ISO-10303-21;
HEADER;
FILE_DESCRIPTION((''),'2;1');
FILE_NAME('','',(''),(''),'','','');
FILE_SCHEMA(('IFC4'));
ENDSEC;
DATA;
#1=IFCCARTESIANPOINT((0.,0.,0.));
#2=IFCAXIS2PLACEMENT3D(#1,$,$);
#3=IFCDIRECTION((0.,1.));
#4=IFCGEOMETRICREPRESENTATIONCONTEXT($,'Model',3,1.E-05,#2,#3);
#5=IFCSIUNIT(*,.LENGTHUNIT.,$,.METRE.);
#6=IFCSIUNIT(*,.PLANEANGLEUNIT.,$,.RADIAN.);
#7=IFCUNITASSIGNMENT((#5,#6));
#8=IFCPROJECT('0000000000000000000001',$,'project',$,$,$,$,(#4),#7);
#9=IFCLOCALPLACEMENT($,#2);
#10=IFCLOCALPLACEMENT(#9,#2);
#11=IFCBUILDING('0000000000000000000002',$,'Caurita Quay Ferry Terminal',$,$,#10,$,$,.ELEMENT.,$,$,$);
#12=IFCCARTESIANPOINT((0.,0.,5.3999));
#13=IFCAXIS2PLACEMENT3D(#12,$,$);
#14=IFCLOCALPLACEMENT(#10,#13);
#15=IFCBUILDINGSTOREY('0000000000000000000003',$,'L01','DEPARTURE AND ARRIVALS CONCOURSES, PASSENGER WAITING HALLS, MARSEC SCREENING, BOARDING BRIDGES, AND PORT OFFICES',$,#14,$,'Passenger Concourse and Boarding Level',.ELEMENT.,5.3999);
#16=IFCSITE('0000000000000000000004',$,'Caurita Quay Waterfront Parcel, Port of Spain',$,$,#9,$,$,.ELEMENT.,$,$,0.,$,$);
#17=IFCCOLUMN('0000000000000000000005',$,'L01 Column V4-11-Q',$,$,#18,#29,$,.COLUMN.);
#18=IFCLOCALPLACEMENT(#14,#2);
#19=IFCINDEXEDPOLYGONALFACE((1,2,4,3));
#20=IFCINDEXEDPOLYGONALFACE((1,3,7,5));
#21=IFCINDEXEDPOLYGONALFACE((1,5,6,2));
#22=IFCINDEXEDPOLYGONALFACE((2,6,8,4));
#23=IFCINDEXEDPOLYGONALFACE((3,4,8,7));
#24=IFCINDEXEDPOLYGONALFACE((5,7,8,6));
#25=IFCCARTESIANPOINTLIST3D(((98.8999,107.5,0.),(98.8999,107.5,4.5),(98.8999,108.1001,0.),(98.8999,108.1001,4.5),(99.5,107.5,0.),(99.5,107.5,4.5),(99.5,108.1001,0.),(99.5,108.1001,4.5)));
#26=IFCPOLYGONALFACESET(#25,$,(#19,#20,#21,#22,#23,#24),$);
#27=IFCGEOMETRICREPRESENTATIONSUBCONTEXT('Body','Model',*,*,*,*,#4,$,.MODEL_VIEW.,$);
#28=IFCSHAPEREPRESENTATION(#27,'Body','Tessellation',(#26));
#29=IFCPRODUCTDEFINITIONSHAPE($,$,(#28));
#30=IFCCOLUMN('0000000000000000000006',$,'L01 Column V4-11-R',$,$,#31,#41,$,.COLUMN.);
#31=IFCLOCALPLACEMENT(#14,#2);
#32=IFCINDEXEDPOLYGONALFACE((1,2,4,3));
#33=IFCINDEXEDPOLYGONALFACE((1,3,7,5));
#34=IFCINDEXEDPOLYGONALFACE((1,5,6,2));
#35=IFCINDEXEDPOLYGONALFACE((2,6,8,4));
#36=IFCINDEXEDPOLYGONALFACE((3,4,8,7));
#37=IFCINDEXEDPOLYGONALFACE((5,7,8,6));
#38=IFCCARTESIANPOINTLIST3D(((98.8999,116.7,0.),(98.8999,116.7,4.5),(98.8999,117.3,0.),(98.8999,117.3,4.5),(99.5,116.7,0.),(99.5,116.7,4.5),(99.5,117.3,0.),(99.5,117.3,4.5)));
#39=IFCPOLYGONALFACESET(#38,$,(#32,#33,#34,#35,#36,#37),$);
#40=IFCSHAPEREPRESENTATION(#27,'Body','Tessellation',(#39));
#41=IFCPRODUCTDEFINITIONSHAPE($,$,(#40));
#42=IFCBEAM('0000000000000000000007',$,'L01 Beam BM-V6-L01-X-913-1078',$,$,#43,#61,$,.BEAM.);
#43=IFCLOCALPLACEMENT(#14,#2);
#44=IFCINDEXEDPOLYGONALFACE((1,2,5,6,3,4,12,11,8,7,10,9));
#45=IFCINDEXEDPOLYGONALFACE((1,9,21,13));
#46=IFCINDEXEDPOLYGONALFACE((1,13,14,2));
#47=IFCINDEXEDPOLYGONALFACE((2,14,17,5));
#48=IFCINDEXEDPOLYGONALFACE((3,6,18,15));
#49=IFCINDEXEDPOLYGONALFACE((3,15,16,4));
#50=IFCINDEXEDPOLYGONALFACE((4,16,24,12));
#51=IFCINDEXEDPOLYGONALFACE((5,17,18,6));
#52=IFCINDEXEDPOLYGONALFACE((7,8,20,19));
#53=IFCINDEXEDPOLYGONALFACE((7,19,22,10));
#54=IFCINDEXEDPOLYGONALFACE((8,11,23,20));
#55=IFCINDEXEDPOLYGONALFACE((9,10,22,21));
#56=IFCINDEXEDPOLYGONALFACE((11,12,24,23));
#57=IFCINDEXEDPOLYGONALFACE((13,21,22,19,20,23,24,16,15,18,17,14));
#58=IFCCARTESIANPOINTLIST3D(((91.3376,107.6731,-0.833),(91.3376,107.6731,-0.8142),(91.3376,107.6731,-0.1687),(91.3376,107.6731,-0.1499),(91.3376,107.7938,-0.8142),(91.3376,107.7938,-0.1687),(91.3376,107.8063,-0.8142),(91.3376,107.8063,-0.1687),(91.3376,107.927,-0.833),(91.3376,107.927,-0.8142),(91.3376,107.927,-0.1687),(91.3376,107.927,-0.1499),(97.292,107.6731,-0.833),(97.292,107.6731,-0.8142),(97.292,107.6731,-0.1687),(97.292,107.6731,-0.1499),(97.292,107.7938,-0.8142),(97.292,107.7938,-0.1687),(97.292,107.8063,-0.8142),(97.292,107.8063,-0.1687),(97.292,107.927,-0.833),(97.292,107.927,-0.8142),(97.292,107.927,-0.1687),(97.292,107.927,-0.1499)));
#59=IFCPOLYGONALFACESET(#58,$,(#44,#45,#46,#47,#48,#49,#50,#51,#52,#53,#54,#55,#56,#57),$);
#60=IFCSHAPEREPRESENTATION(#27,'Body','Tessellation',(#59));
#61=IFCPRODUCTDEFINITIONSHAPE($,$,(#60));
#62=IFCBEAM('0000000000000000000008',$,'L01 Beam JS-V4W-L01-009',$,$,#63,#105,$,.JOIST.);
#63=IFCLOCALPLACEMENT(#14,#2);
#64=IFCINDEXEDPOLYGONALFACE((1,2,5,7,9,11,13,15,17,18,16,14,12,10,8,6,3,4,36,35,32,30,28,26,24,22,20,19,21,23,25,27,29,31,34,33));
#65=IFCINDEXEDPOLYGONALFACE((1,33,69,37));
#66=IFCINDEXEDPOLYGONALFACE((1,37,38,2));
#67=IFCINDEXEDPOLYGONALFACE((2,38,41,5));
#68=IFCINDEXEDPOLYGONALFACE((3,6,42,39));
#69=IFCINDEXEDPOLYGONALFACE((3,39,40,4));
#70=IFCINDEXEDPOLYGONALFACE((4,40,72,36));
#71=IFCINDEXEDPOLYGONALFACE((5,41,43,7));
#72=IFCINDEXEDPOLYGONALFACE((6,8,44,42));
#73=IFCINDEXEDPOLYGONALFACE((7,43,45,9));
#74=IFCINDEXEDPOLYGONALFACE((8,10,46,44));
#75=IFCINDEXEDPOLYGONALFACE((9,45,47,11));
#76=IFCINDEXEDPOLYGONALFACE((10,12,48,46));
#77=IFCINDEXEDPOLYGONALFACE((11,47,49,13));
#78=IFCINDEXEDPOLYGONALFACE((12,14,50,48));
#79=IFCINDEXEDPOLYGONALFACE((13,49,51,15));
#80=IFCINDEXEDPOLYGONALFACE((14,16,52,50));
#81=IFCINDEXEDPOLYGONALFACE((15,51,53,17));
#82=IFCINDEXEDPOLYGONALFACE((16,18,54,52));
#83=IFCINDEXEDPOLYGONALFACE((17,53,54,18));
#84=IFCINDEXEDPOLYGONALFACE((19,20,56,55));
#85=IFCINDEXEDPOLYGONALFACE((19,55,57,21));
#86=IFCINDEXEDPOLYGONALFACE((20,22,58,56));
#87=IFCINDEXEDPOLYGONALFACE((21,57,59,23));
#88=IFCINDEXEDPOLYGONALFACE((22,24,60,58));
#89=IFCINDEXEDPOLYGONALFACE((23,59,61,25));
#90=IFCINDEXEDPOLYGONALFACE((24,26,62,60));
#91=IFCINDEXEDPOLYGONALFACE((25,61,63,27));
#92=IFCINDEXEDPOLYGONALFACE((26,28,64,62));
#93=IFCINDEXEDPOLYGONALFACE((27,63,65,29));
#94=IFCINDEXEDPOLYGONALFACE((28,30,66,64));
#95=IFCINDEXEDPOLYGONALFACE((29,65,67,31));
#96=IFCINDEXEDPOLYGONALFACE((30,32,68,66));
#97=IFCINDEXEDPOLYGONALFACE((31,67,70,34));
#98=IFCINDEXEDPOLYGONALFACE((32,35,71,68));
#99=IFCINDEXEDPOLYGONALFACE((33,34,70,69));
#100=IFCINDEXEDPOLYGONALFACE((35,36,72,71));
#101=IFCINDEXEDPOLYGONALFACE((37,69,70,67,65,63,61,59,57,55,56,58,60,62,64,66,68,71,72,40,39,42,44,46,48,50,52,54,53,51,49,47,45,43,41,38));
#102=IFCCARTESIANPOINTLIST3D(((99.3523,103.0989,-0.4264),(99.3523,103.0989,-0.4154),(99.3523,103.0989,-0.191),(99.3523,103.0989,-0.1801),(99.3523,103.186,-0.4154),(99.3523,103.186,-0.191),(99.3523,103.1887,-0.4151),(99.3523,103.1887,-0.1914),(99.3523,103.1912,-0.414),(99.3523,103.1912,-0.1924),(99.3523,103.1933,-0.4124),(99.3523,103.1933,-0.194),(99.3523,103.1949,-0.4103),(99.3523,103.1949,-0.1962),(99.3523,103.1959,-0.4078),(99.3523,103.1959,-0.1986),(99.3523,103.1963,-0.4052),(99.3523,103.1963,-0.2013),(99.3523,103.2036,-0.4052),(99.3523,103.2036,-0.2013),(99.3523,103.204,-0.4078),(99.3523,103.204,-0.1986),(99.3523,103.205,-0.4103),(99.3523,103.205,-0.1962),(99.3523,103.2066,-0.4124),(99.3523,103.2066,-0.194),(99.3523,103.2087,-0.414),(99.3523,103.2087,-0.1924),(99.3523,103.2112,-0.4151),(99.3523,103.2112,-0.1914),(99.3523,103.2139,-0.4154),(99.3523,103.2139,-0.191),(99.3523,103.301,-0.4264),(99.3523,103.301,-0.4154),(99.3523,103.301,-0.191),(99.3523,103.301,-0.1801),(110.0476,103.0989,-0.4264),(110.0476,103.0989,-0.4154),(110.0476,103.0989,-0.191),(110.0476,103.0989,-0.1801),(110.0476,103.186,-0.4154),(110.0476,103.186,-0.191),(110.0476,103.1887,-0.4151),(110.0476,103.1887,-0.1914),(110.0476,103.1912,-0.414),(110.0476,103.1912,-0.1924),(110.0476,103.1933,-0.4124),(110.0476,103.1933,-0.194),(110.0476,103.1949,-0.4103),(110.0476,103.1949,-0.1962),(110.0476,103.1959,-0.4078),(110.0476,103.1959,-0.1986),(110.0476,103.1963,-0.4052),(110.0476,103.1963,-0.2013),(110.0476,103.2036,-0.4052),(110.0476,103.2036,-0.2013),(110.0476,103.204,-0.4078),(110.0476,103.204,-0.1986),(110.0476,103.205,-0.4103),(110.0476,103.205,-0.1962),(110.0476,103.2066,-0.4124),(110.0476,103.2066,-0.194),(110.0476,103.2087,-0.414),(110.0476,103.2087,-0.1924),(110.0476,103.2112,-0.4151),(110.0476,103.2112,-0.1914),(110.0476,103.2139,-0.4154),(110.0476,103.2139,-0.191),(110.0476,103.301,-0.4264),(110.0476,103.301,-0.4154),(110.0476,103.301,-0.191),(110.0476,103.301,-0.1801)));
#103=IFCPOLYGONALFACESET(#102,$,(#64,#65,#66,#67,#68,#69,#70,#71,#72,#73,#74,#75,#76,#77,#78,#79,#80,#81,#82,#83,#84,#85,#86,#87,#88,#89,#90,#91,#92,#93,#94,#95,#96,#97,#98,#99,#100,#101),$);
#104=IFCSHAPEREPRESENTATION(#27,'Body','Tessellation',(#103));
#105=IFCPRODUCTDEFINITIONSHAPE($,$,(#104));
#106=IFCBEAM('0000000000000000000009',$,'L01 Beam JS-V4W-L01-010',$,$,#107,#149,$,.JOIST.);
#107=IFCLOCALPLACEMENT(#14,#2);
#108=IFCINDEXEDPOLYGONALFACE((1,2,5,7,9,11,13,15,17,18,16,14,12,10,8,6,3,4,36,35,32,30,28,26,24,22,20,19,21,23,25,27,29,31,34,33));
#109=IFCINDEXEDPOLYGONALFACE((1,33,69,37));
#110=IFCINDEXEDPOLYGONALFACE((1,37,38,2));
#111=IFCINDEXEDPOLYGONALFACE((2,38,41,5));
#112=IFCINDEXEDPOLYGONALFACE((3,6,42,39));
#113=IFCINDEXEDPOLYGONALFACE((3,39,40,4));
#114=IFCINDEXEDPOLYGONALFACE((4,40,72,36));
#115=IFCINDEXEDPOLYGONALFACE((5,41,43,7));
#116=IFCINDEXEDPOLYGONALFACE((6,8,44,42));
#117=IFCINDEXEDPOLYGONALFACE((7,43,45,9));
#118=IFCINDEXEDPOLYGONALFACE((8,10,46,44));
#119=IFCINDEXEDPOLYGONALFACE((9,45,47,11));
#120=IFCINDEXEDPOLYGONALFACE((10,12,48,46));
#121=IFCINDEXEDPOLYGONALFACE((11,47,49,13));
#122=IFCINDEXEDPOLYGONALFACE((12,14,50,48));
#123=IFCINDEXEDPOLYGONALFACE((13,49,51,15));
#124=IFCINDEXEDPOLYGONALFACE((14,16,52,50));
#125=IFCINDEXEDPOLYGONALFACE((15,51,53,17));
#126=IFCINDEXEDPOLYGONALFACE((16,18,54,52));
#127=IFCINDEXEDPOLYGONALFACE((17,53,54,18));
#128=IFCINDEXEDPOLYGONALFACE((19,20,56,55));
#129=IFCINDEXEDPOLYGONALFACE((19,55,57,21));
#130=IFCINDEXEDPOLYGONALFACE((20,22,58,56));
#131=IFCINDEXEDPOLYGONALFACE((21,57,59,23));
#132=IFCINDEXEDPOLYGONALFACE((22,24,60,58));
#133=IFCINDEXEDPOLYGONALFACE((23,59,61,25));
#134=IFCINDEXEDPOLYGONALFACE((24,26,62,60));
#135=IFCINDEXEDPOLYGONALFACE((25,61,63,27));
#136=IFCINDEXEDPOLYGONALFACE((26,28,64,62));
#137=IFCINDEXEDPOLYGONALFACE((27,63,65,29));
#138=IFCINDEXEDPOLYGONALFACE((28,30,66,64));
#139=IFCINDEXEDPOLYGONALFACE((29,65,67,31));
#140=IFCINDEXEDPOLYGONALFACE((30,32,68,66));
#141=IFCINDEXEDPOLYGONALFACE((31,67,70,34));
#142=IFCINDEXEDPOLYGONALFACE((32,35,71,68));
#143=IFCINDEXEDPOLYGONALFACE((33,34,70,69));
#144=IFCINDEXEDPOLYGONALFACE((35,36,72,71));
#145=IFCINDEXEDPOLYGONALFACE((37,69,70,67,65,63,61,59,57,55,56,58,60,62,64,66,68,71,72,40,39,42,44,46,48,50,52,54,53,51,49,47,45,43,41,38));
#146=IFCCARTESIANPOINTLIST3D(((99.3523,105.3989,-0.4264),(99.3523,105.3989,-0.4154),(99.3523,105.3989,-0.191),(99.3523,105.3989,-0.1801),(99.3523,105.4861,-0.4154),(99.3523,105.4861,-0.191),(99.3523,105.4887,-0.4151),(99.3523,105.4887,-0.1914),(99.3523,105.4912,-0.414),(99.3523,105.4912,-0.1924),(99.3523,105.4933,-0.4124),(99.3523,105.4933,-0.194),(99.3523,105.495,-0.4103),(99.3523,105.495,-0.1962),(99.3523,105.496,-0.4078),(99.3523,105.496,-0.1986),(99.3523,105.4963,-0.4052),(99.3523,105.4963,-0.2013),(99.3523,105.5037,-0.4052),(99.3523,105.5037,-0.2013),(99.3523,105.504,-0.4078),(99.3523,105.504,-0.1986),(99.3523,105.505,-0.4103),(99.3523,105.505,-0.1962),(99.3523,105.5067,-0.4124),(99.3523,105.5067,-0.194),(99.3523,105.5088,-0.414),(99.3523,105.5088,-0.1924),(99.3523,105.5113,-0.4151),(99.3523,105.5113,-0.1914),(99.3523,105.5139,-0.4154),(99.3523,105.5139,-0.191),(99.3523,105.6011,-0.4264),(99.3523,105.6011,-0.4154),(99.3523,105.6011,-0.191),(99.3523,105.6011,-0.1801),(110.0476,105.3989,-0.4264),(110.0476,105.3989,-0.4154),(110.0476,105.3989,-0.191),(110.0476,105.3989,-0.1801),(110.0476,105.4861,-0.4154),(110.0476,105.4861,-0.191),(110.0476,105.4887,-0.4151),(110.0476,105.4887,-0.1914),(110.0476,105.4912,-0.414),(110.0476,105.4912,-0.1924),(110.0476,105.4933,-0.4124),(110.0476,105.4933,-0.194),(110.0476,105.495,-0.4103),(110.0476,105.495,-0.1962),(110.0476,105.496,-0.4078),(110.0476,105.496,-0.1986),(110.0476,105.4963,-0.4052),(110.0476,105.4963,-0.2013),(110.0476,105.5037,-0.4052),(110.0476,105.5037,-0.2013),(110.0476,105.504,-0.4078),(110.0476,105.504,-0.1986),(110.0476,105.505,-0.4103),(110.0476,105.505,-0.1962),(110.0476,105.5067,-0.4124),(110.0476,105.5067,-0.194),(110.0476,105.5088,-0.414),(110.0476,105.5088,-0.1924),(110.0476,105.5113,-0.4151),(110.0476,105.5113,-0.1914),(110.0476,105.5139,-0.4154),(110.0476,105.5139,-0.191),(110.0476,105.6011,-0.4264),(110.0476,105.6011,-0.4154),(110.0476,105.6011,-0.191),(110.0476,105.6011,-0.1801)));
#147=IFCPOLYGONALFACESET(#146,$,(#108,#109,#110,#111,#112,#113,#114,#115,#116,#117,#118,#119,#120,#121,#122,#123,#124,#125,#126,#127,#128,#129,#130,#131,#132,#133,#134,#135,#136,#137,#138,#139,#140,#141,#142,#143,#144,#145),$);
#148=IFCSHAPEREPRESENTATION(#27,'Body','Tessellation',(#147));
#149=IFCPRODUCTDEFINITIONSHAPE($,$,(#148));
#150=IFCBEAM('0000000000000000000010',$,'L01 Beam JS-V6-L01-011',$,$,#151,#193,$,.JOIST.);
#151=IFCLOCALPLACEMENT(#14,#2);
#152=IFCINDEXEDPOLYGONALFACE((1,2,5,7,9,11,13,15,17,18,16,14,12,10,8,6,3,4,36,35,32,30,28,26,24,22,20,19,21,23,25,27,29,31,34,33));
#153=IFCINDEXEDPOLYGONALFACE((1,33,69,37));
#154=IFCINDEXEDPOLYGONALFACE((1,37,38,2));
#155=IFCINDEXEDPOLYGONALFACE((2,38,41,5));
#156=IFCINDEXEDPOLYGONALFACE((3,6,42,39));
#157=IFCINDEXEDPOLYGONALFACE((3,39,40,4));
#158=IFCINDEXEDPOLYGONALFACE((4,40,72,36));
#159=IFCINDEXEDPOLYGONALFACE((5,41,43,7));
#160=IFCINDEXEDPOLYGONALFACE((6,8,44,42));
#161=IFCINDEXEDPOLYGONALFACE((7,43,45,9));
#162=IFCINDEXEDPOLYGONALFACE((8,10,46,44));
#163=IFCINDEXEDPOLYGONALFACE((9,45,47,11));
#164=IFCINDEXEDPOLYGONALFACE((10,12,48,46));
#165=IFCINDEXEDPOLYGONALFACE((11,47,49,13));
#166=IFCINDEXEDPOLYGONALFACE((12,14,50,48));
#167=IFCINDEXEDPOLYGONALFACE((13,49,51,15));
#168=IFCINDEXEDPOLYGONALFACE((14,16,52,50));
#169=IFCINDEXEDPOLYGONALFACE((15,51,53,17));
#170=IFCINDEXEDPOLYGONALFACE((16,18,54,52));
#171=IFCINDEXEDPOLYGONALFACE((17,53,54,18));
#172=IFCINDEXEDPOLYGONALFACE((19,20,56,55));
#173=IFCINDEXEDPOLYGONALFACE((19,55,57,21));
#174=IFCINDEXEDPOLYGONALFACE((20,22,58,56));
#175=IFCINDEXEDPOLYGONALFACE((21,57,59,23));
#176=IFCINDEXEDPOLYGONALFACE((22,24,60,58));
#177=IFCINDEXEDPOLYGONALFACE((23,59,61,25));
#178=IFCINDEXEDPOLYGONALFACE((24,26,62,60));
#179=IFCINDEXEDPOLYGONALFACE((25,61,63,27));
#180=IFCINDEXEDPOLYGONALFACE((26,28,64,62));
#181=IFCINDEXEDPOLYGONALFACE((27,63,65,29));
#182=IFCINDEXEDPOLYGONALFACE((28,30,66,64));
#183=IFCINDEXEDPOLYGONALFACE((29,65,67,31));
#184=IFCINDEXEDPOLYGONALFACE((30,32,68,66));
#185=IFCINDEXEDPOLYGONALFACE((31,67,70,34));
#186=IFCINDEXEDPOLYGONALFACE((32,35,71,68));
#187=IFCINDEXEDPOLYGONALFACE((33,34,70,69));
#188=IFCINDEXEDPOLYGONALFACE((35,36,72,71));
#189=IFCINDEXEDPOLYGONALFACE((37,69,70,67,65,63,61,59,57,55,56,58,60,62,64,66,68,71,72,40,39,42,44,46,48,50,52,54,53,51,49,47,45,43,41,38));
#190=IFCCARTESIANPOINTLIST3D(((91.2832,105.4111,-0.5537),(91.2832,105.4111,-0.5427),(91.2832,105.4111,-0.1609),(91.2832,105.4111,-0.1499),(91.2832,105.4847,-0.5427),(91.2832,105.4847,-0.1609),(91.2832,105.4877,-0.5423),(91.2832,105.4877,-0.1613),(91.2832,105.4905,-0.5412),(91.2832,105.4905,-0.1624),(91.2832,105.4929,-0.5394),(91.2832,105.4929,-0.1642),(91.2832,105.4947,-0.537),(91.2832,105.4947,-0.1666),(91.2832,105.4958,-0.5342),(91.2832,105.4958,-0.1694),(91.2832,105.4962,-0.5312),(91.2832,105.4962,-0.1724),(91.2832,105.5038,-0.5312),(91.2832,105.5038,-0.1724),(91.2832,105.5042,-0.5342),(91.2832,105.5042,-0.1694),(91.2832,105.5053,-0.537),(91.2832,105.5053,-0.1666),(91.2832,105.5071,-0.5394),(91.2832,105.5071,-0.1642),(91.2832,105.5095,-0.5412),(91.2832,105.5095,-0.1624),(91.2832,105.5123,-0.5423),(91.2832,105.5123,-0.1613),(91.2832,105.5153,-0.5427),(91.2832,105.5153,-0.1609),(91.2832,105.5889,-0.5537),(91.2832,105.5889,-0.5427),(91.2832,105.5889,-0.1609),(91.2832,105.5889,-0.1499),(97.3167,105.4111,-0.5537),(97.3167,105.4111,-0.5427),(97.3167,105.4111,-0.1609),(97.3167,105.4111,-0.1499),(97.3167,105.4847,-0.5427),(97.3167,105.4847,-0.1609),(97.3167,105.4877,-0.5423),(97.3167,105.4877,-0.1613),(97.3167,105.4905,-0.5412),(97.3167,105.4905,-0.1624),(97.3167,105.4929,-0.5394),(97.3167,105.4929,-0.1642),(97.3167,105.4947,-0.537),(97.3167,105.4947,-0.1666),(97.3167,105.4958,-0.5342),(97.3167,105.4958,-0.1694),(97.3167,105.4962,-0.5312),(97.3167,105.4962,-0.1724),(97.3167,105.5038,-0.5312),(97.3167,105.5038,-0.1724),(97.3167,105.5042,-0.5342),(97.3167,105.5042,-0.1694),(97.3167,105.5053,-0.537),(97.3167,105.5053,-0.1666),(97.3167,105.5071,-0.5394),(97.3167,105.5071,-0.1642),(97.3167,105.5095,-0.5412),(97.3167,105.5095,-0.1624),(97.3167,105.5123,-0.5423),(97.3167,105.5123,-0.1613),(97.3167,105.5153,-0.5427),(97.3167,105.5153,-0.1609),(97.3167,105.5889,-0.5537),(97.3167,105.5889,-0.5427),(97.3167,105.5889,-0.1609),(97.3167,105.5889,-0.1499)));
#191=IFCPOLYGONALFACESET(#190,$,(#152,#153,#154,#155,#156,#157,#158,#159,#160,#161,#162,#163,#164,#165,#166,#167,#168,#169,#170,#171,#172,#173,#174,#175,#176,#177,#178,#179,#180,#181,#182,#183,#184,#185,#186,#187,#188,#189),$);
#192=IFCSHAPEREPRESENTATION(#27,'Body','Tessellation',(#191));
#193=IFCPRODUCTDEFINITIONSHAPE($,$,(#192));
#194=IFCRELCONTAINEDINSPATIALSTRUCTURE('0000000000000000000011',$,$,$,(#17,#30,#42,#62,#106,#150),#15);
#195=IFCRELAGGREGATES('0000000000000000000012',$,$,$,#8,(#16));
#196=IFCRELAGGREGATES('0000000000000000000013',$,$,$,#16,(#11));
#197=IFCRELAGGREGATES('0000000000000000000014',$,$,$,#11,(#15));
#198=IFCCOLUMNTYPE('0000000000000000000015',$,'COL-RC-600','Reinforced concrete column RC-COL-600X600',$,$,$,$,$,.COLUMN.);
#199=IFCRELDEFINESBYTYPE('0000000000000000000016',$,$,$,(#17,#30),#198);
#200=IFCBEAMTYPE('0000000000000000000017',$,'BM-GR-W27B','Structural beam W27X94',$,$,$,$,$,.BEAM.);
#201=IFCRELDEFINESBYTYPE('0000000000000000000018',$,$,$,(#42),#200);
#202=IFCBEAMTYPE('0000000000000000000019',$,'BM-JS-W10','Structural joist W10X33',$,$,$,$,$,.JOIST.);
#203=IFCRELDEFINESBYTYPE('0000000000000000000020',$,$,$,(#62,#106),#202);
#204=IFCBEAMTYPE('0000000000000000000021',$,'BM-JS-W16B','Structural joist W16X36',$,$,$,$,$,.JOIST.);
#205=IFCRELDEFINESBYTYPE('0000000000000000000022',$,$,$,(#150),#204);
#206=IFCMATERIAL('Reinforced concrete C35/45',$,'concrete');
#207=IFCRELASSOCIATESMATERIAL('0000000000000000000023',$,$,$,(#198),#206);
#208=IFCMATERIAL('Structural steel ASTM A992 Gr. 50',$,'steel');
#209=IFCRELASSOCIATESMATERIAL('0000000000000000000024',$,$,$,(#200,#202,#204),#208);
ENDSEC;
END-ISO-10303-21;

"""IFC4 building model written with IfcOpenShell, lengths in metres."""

from ifc_helpers import new_model, si_unit, direction, frame, origin, origin_2d, place, context, subcontext, project, spatial, rectangle, i_section, extrude, material, material_profile, profile_set, type_object, element, save


model = new_model("IFC4")

# Units and contexts
model_context = context("Model", 3, precision=1e-05, world=origin(), true_north=direction((0.0, 1.0)))
body_context = subcontext(model_context, "Body", "Model", "MODEL_VIEW")
ifc_project = project(units=[si_unit("LENGTHUNIT", "METRE"), si_unit("PLANEANGLEUNIT", "RADIAN")], contexts=[model_context])

# Site, building, storey
site_placement = place(None, origin())
site = spatial("IfcSite", under=ifc_project, at=site_placement, Name="Caurita Quay Waterfront Parcel, Port of Spain", CompositionType="ELEMENT", RefElevation=0.0)
building_placement = place(site_placement, origin())
building = spatial("IfcBuilding", under=site, at=building_placement, Name="Caurita Quay Ferry Terminal", CompositionType="ELEMENT")
storey_placement = place(building_placement, frame((0.0, 0.0, 5.3999)))
storey = spatial("IfcBuildingStorey", under=building, at=storey_placement, Name="L01", Description="DEPARTURE AND ARRIVALS CONCOURSES, PASSENGER WAITING HALLS, MARSEC SCREENING, BOARDING BRIDGES, AND PORT OFFICES", LongName="Passenger Concourse and Boarding Level", CompositionType="ELEMENT", Elevation=5.3999)

# Columns
ifc_material_1 = material(Name="Reinforced concrete C35/45", Category="concrete")
ifc_material_profile_1 = material_profile(ifc_material_1, rectangle(XDim=0.6001, YDim=0.6001, at=origin_2d()), Name="RC-COL-600X600")
ifc_profile_set_1 = profile_set([ifc_material_profile_1], Name="Reinforced concrete C35/45")
column_type = type_object("IfcColumnType", Name="COL-RC-600", Description="Reinforced concrete column RC-COL-600X600", PredefinedType="COLUMN", material=ifc_profile_set_1)
for number, where, z_axis, x_axis, name in (
    (1, (99.2, 107.8, 0.0), (0.0, 0.0, 1.0), (1.0, 0.0, 0.0), "L01 Column V4-11-Q"),
    (2, (99.2, 117.0, 0.0), (0.0, 0.0, 1.0), (1.0, 0.0, 0.0), "L01 Column V4-11-R"),
):
    element("IfcColumn", number, at=place(storey_placement, frame(where, z_axis=z_axis, x_axis=x_axis)), inside=storey, type_object=column_type, Name=name, PredefinedType="COLUMN", context=body_context, shape_type="SweptSolid", body=[
        extrude(rectangle(XDim=0.6001, YDim=0.6001, at=origin_2d()), origin(), (0.0, 0.0, 1.0), 4.5),
    ])

# Beams
ifc_material_2 = material(Name="Structural steel ASTM A992 Gr. 50", Category="steel")
ifc_material_profile_2 = material_profile(ifc_material_2, i_section(OverallWidth=0.2539, OverallDepth=0.6831, WebThickness=0.0125, FlangeThickness=0.0188, at=origin_2d()), Name="W27X94")
ifc_profile_set_2 = profile_set([ifc_material_profile_2], Name="Structural steel ASTM A992 Gr. 50")
beam_type_1 = type_object("IfcBeamType", Name="BM-GR-W27B", Description="Structural beam W27X94", PredefinedType="BEAM", material=ifc_profile_set_2)
beam_1_placement = place(storey_placement, frame((91.3376, 107.8, -0.4915), z_axis=(1.0, 0.0, 0.0), x_axis=(0.0, 1.0, 0.0)))
element("IfcBeam", 3, at=beam_1_placement, inside=storey, type_object=beam_type_1, Name="L01 Beam BM-V6-L01-X-913-1078", PredefinedType="BEAM", context=body_context, shape_type="SweptSolid", body=[
    extrude(i_section(OverallWidth=0.2539, OverallDepth=0.6831, WebThickness=0.0125, FlangeThickness=0.0188, at=origin_2d()), origin(), (0.0, 0.0, 1.0), 5.9543),
])
ifc_material_profile_3 = material_profile(ifc_material_2, i_section(OverallWidth=0.2021, OverallDepth=0.2463, WebThickness=0.0073, FlangeThickness=0.011, FilletRadius=0.0103, at=origin_2d()), Name="W10X33")
ifc_profile_set_3 = profile_set([ifc_material_profile_3], Name="Structural steel ASTM A992 Gr. 50")
beam_type_2 = type_object("IfcBeamType", Name="BM-JS-W10", Description="Structural joist W10X33", PredefinedType="JOIST", material=ifc_profile_set_3)
for number, where, z_axis, x_axis, name in (
    (4, (99.3523, 103.2, -0.3032), (1.0, 0.0, 0.0), (0.0, 1.0, 0.0), "L01 Beam JS-V4W-L01-009"),
    (5, (99.3523, 105.5, -0.3032), (1.0, 0.0, 0.0), (0.0, 1.0, 0.0), "L01 Beam JS-V4W-L01-010"),
):
    element("IfcBeam", number, at=place(storey_placement, frame(where, z_axis=z_axis, x_axis=x_axis)), inside=storey, type_object=beam_type_2, Name=name, PredefinedType="JOIST", context=body_context, shape_type="SweptSolid", body=[
        extrude(i_section(OverallWidth=0.2021, OverallDepth=0.2463, WebThickness=0.0073, FlangeThickness=0.011, FilletRadius=0.0103, at=origin_2d()), origin(), (0.0, 0.0, 1.0), 10.6953),
    ])
ifc_material_profile_4 = material_profile(ifc_material_2, i_section(OverallWidth=0.1777, OverallDepth=0.4038, WebThickness=0.0076, FlangeThickness=0.011, FilletRadius=0.0115, at=origin_2d()), Name="W16X36")
ifc_profile_set_4 = profile_set([ifc_material_profile_4], Name="Structural steel ASTM A992 Gr. 50")
beam_type_3 = type_object("IfcBeamType", Name="BM-JS-W16B", Description="Structural joist W16X36", PredefinedType="JOIST", material=ifc_profile_set_4)
beam_2_placement = place(storey_placement, frame((91.2832, 105.5, -0.3518), z_axis=(1.0, 0.0, 0.0), x_axis=(0.0, 1.0, 0.0)))
element("IfcBeam", 6, at=beam_2_placement, inside=storey, type_object=beam_type_3, Name="L01 Beam JS-V6-L01-011", PredefinedType="JOIST", context=body_context, shape_type="SweptSolid", body=[
    extrude(i_section(OverallWidth=0.1777, OverallDepth=0.4038, WebThickness=0.0076, FlangeThickness=0.011, FilletRadius=0.0115, at=origin_2d()), origin(), (0.0, 0.0, 1.0), 6.0334),
])

save(model, "model.ifc")
